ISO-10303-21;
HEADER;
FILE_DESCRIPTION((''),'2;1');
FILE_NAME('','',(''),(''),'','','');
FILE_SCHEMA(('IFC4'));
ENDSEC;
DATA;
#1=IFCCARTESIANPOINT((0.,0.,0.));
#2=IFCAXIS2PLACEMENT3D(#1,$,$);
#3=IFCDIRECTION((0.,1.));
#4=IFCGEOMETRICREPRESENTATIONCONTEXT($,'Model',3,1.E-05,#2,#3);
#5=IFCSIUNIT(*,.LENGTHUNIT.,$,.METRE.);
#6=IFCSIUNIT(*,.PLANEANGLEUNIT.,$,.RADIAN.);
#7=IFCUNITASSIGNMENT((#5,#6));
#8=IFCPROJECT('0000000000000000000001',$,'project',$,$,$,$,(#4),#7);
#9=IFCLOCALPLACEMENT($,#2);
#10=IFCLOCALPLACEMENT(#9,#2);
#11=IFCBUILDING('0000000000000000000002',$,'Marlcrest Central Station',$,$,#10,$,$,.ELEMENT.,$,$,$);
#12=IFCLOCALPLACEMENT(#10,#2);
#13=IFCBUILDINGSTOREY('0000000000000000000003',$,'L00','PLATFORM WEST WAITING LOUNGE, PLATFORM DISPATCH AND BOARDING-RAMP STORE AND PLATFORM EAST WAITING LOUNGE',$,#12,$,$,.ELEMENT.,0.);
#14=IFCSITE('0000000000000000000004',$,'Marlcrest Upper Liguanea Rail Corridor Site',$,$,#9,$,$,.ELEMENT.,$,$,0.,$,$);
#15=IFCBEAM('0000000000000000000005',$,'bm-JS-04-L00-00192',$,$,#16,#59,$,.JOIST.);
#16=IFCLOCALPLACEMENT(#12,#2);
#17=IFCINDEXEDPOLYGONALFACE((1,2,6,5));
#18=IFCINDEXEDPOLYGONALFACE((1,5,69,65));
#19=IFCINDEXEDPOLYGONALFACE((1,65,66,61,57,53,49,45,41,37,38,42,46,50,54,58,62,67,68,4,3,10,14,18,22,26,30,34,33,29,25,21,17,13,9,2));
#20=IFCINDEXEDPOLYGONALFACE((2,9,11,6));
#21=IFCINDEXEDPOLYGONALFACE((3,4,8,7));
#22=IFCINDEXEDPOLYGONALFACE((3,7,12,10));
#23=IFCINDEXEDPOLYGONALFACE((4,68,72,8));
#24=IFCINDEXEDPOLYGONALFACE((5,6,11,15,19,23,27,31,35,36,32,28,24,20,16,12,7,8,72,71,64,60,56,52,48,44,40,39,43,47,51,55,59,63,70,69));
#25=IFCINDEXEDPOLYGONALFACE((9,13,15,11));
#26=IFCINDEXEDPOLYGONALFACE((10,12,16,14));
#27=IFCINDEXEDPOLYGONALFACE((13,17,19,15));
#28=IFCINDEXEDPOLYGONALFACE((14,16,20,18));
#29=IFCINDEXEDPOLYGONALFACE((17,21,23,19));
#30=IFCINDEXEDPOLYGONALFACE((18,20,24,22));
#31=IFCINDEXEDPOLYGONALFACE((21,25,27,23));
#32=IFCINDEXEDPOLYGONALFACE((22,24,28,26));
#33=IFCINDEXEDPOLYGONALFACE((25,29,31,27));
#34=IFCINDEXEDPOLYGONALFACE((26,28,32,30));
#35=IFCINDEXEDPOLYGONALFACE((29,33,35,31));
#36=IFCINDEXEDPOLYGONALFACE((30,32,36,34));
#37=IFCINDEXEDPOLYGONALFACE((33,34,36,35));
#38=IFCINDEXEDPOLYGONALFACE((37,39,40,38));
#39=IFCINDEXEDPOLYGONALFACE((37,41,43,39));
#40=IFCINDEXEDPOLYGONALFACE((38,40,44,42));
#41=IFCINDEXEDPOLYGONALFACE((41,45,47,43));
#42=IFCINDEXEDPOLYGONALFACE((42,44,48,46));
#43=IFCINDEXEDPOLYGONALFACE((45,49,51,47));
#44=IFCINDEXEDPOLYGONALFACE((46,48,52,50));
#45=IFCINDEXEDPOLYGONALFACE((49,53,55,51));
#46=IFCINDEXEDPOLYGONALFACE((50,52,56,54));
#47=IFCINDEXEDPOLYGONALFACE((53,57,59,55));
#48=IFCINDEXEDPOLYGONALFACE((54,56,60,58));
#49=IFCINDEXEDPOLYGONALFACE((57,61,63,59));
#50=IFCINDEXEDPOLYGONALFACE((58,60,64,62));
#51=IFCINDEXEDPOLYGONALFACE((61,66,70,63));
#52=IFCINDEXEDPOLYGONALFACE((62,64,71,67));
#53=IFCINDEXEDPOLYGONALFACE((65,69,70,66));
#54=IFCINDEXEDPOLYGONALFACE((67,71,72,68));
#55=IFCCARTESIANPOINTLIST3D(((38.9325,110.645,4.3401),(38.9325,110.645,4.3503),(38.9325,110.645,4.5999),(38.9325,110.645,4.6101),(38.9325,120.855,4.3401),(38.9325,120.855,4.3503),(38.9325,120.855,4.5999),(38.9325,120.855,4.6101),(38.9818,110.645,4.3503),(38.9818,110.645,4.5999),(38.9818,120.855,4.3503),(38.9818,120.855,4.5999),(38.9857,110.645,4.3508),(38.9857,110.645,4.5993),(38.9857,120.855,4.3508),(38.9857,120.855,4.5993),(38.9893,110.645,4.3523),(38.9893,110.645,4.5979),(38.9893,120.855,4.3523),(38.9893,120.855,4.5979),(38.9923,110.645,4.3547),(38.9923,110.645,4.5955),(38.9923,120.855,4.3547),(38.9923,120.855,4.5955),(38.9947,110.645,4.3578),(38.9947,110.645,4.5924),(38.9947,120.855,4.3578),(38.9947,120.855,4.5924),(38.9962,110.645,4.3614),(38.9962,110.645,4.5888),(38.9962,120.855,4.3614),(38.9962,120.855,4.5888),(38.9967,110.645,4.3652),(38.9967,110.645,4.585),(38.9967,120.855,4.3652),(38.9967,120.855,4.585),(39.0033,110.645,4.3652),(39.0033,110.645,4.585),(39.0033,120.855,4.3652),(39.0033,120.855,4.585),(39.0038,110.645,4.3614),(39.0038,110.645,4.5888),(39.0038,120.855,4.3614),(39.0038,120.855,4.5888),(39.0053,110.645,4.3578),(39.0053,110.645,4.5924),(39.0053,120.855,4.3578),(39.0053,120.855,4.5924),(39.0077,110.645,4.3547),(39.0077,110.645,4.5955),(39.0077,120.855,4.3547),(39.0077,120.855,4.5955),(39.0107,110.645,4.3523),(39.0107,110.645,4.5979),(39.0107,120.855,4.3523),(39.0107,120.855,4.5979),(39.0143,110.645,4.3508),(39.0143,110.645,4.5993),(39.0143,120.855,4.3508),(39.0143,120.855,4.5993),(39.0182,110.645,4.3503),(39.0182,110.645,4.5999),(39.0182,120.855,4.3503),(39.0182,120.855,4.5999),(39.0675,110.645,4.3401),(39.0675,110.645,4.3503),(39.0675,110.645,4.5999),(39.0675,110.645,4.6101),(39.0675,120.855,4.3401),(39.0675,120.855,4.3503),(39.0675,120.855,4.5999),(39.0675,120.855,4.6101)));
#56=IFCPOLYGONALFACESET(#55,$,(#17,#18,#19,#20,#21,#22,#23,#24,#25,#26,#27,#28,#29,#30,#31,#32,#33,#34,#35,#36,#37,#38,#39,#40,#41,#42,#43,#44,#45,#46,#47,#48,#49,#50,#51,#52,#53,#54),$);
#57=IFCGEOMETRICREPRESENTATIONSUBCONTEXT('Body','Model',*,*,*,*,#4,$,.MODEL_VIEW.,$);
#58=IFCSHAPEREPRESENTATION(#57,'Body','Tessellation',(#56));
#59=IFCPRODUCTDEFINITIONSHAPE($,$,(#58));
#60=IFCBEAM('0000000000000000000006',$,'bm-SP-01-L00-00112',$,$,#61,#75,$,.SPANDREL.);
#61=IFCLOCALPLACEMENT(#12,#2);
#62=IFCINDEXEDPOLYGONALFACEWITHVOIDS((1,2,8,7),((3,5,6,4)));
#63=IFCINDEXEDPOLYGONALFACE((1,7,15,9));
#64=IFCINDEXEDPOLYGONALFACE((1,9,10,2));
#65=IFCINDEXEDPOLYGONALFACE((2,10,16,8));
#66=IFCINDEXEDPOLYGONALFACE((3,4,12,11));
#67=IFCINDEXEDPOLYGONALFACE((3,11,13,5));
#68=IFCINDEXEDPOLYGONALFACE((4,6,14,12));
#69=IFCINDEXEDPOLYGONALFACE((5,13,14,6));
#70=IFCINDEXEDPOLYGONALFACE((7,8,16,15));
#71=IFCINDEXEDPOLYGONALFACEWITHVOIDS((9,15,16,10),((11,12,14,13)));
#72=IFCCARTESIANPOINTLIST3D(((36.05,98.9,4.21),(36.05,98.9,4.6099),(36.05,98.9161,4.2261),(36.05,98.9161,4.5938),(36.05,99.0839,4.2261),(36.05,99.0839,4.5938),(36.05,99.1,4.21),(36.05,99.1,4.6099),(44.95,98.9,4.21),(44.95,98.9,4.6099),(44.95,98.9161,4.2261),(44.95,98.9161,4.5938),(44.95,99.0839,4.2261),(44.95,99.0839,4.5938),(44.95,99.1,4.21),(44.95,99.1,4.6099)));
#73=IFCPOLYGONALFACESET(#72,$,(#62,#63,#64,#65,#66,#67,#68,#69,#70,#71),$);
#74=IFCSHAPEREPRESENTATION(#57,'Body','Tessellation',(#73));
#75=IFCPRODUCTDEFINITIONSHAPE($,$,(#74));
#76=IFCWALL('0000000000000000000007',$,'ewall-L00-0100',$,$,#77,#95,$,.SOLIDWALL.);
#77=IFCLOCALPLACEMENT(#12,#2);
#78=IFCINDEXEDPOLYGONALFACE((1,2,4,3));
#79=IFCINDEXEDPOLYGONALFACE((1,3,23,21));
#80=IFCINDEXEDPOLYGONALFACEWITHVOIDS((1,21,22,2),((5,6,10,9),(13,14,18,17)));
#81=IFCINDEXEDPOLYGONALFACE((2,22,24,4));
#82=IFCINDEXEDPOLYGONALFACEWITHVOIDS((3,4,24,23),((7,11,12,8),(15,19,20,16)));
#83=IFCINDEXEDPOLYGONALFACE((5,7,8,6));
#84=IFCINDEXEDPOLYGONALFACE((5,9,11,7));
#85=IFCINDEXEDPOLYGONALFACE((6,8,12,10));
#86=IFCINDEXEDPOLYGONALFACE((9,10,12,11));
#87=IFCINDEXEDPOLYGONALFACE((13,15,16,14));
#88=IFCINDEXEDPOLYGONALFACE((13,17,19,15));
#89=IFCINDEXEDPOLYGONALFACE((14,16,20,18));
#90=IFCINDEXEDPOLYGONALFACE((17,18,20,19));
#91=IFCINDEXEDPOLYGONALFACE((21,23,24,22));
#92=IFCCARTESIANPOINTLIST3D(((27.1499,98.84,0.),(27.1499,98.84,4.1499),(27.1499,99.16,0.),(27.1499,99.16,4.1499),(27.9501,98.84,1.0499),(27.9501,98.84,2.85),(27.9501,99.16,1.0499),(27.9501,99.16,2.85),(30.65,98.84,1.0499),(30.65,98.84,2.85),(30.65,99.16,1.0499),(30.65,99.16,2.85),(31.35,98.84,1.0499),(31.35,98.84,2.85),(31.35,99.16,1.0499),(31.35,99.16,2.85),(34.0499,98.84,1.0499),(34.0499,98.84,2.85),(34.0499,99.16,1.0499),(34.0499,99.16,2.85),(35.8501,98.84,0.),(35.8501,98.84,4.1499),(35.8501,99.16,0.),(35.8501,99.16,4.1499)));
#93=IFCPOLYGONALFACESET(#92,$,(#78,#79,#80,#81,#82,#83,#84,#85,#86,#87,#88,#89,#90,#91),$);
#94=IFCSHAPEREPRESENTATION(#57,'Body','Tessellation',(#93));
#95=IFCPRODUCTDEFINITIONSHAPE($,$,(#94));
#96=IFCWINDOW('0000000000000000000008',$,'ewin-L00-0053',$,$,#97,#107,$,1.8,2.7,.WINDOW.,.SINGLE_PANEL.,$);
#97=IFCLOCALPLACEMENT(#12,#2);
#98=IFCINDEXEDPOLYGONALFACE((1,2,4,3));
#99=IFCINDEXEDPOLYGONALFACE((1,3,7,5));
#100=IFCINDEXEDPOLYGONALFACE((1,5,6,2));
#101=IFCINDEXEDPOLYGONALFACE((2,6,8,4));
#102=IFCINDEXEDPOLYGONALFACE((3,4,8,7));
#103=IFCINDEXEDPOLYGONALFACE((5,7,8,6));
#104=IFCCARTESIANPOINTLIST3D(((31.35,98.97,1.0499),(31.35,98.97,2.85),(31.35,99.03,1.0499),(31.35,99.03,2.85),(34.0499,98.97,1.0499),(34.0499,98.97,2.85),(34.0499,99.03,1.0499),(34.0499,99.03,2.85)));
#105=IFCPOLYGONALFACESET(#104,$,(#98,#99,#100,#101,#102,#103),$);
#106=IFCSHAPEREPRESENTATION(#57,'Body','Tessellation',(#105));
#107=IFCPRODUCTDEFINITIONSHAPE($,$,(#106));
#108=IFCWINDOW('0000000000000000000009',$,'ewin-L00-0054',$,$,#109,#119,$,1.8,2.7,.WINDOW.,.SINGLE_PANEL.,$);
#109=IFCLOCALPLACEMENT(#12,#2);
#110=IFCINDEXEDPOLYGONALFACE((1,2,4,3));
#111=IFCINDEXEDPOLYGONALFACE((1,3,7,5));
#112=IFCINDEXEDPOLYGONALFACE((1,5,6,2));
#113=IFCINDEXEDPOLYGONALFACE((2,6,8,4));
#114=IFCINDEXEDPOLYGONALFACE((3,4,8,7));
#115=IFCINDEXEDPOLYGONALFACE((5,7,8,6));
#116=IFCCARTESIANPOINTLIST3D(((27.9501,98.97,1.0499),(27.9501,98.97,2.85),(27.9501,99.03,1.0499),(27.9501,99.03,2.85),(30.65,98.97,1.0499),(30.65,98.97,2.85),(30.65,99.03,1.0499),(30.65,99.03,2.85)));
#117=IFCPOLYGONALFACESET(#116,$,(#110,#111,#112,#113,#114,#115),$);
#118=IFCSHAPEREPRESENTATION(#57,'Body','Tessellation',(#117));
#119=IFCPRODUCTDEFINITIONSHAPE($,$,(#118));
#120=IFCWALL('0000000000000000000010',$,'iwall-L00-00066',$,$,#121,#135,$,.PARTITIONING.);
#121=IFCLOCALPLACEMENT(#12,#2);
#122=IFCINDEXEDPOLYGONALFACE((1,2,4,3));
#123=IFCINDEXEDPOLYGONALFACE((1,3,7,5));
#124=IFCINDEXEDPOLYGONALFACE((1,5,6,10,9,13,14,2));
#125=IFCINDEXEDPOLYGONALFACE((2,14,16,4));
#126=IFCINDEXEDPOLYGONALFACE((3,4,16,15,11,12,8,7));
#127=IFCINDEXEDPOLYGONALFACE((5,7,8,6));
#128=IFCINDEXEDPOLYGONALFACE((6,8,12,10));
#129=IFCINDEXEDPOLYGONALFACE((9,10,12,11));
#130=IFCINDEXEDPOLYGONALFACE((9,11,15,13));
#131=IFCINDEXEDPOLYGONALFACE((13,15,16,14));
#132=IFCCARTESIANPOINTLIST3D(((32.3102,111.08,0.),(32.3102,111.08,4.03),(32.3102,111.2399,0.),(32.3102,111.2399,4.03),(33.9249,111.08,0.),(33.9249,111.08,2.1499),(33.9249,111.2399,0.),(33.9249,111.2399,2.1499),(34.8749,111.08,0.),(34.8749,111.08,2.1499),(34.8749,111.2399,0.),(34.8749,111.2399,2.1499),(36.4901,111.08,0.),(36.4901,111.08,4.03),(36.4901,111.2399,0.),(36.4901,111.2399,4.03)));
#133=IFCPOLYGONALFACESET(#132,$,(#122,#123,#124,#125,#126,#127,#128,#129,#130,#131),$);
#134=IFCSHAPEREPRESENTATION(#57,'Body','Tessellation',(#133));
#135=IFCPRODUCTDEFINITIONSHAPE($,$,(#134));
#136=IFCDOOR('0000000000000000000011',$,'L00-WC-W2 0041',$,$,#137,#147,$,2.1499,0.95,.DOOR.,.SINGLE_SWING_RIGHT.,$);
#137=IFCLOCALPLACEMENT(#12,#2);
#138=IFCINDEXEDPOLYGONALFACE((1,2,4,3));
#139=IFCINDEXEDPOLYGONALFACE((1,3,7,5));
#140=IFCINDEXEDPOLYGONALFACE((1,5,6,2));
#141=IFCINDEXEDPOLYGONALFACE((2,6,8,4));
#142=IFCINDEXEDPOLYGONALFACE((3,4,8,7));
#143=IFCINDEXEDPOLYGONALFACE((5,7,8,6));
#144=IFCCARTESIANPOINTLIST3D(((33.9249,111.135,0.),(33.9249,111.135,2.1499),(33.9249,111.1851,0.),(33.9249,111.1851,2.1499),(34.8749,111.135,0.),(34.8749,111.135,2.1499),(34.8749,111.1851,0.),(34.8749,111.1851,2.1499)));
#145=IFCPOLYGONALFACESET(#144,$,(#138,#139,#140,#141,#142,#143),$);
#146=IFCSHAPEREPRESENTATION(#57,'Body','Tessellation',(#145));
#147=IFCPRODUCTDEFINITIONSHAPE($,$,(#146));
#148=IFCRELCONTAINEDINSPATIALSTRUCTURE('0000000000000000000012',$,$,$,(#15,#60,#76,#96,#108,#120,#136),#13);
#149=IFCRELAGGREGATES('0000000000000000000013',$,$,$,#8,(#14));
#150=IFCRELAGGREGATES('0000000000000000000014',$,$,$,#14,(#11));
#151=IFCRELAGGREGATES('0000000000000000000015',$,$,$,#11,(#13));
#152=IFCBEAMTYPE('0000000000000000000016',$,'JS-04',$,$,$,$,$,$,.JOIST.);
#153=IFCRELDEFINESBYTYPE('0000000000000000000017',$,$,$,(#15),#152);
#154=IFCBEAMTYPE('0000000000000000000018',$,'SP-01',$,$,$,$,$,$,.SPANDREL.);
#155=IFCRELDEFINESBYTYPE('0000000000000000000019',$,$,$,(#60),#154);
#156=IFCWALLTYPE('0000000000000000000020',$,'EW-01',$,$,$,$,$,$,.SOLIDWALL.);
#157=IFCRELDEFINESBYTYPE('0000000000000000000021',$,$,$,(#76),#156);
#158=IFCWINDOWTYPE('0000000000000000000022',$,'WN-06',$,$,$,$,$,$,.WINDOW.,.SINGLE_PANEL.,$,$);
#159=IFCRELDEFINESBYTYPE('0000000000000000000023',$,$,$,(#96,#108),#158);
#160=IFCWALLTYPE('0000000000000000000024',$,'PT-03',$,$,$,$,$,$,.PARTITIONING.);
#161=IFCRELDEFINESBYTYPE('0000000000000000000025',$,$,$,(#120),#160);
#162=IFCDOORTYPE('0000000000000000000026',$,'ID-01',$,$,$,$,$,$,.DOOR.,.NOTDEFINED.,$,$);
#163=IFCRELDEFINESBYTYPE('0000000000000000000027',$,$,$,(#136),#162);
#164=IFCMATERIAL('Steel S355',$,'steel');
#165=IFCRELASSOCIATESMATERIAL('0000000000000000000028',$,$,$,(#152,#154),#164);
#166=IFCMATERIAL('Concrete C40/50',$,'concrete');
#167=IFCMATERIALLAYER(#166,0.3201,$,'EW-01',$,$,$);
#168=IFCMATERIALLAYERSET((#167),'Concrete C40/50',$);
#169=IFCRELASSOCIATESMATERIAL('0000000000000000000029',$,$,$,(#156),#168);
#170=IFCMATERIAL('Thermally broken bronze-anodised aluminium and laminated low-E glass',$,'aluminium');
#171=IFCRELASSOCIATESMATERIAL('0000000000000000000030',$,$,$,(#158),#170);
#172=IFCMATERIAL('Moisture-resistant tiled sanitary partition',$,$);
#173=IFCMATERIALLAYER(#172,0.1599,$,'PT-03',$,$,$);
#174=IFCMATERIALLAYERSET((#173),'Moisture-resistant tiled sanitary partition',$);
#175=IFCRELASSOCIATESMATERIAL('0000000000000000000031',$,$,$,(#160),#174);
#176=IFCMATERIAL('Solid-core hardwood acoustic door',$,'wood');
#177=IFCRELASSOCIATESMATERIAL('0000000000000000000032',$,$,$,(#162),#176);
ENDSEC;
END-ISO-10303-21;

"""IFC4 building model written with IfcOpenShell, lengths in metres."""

from ifc_helpers import new_model, si_unit, direction, frame, frame_2d, origin, origin_2d, place, context, subcontext, project, spatial, rectangle, hollow_rectangle, i_section, extrude, material, layer, layer_set, material_profile, profile_set, type_object, element, fill, save


model = new_model("IFC4")

# Units and contexts
model_context = context("Model", 3, precision=1e-05, world=origin(), true_north=direction((0.0, 1.0)))
body_context = subcontext(model_context, "Body", "Model", "MODEL_VIEW")
ifc_project = project(units=[si_unit("LENGTHUNIT", "METRE"), si_unit("PLANEANGLEUNIT", "RADIAN")], contexts=[model_context])

# Site, building, storey
site_placement = place(None, origin())
site = spatial("IfcSite", under=ifc_project, at=site_placement, Name="Marlcrest Upper Liguanea Rail Corridor Site", CompositionType="ELEMENT", RefElevation=0.0)
building_placement = place(site_placement, origin())
building = spatial("IfcBuilding", under=site, at=building_placement, Name="Marlcrest Central Station", CompositionType="ELEMENT")
storey_placement = place(building_placement, origin())
storey = spatial("IfcBuildingStorey", under=building, at=storey_placement, Name="L00", Description="PLATFORM WEST WAITING LOUNGE, PLATFORM DISPATCH AND BOARDING-RAMP STORE AND PLATFORM EAST WAITING LOUNGE", CompositionType="ELEMENT", Elevation=0.0)

# Shared definitions
ifc_material_1 = material(Name="Steel S355", Category="steel")

# Beams
ifc_material_profile_1 = material_profile(ifc_material_1, i_section(OverallWidth=0.135, OverallDepth=0.27, WebThickness=0.0066, FlangeThickness=0.0103, FilletRadius=0.0149, at=origin_2d()), Name="IPE 270")
ifc_profile_set_1 = profile_set([ifc_material_profile_1], Name="Steel S355")
beam_type_1 = type_object("IfcBeamType", Name="JS-04", PredefinedType="JOIST", material=ifc_profile_set_1)
beam_1_placement = place(storey_placement, frame((39.0, 110.645, 4.4751), z_axis=(0.0, 1.0, 0.0), x_axis=(-1.0, 0.0, 0.0)))
element("IfcBeam", 1, at=beam_1_placement, inside=storey, type_object=beam_type_1, Name="bm-JS-04-L00-00192", PredefinedType="JOIST", context=body_context, shape_type="SweptSolid", body=[
    extrude(i_section(OverallWidth=0.135, OverallDepth=0.27, WebThickness=0.0066, FlangeThickness=0.0103, FilletRadius=0.0149, at=origin_2d()), origin(), (0.0, 0.0, 1.0), 10.21),
])
ifc_material_profile_2 = material_profile(ifc_material_1, hollow_rectangle(XDim=0.2, YDim=0.3999, WallThickness=0.0161, at=origin_2d()), Name="RHS 400x200x16")
ifc_profile_set_2 = profile_set([ifc_material_profile_2], Name="Steel S355")
beam_type_2 = type_object("IfcBeamType", Name="SP-01", PredefinedType="SPANDREL", material=ifc_profile_set_2)
beam_2_placement = place(storey_placement, frame((36.05, 99.0, 4.4099), z_axis=(1.0, 0.0, 0.0), x_axis=(0.0, 1.0, 0.0)))
element("IfcBeam", 2, at=beam_2_placement, inside=storey, type_object=beam_type_2, Name="bm-SP-01-L00-00112", PredefinedType="SPANDREL", context=body_context, shape_type="SweptSolid", body=[
    extrude(hollow_rectangle(XDim=0.2, YDim=0.3999, WallThickness=0.0161, at=origin_2d()), origin(), (0.0, 0.0, 1.0), 8.8999),
])

# Wall, openings, windows
ifc_material_2 = material(Name="Concrete C40/50", Category="concrete")
ifc_layer_1 = layer(ifc_material_2, 0.3201, Name="EW-01")
ifc_layer_set_1 = layer_set([ifc_layer_1], Name="Concrete C40/50")
wall_type_1 = type_object("IfcWallType", Name="EW-01", PredefinedType="SOLIDWALL", material=ifc_layer_set_1)
wall_1_placement = place(storey_placement, frame((35.8501, 99.0, 0.0), z_axis=(0.0, 0.0, 1.0), x_axis=(-1.0, 0.0, 0.0)))
wall_1 = element("IfcWall", 3, at=wall_1_placement, inside=storey, type_object=wall_type_1, Name="ewall-L00-0100", PredefinedType="SOLIDWALL", context=body_context, shape_type="SweptSolid", body=[
    extrude(rectangle(XDim=8.7002, YDim=0.3201, at=frame_2d((4.3501, 0.0))), origin(), (0.0, 0.0, 1.0), 4.1499),
])
opening_1_placement = place(wall_1_placement, frame((1.8, 0.0, 1.05)))
opening_1 = element("IfcOpeningElement", 4, at=opening_1_placement, cuts=wall_1, PredefinedType="OPENING", context=body_context, shape_type="SweptSolid", body=[
    extrude(rectangle(XDim=2.7, YDim=1.8, at=frame_2d((1.3501, 0.8999))), frame((0.0, 0.1699, 0.0), z_axis=(0.0, -1.0, 0.0), x_axis=(1.0, 0.0, 0.0)), (0.0, 0.0, 1.0), 0.3401),
])
opening_2_placement = place(wall_1_placement, frame((5.2, 0.0, 1.05)))
opening_2 = element("IfcOpeningElement", 5, at=opening_2_placement, cuts=wall_1, PredefinedType="OPENING", context=body_context, shape_type="SweptSolid", body=[
    extrude(rectangle(XDim=2.7, YDim=1.8, at=frame_2d((1.3501, 0.8999))), frame((0.0, 0.1699, 0.0), z_axis=(0.0, -1.0, 0.0), x_axis=(1.0, 0.0, 0.0)), (0.0, 0.0, 1.0), 0.3401),
])
ifc_material_3 = material(Name="Thermally broken bronze-anodised aluminium and laminated low-E glass", Category="aluminium")
window_type = type_object("IfcWindowType", Name="WN-06", PartitioningType="SINGLE_PANEL", PredefinedType="WINDOW", material=ifc_material_3)
window_1_placement = place(opening_1_placement, origin())
window_1 = element("IfcWindow", 6, at=window_1_placement, inside=storey, type_object=window_type, Name="ewin-L00-0053", OverallHeight=1.8, OverallWidth=2.7, PartitioningType="SINGLE_PANEL", PredefinedType="WINDOW", context=body_context, shape_type="SweptSolid", body=[
    extrude(rectangle(XDim=2.7, YDim=1.8, at=frame_2d((1.3501, 0.8999))), frame((0.0, 0.03, 0.0), z_axis=(0.0, -1.0, 0.0), x_axis=(1.0, 0.0, 0.0)), (0.0, 0.0, 1.0), 0.0601),
])
fill(opening_1, window_1)
window_2_placement = place(opening_2_placement, origin())
window_2 = element("IfcWindow", 7, at=window_2_placement, inside=storey, type_object=window_type, Name="ewin-L00-0054", OverallHeight=1.8, OverallWidth=2.7, PartitioningType="SINGLE_PANEL", PredefinedType="WINDOW", context=body_context, shape_type="SweptSolid", body=[
    extrude(rectangle(XDim=2.7, YDim=1.8, at=frame_2d((1.3501, 0.8999))), frame((0.0, 0.03, 0.0), z_axis=(0.0, -1.0, 0.0), x_axis=(1.0, 0.0, 0.0)), (0.0, 0.0, 1.0), 0.0601),
])
fill(opening_2, window_2)

# Wall, opening, door
ifc_material_4 = material(Name="Moisture-resistant tiled sanitary partition")
ifc_layer_2 = layer(ifc_material_4, 0.1599, Name="PT-03")
ifc_layer_set_2 = layer_set([ifc_layer_2], Name="Moisture-resistant tiled sanitary partition")
wall_type_2 = type_object("IfcWallType", Name="PT-03", PredefinedType="PARTITIONING", material=ifc_layer_set_2)
wall_2_placement = place(storey_placement, frame((36.49, 111.1599, 0.0), z_axis=(0.0, 0.0, 1.0), x_axis=(-1.0, 0.0, 0.0)))
wall_2 = element("IfcWall", 8, at=wall_2_placement, inside=storey, type_object=wall_type_2, Name="iwall-L00-00066", PredefinedType="PARTITIONING", context=body_context, shape_type="SweptSolid", body=[
    extrude(rectangle(XDim=4.1799, YDim=0.1599, at=frame_2d((2.0898, 0.0))), origin(), (0.0, 0.0, 1.0), 4.03),
])
opening_3_placement = place(wall_2_placement, frame((1.615, 0.0, 0.0)))
opening_3 = element("IfcOpeningElement", 9, at=opening_3_placement, cuts=wall_2, PredefinedType="OPENING", context=body_context, shape_type="SweptSolid", body=[
    extrude(rectangle(XDim=0.95, YDim=2.1499, at=frame_2d((0.4751, 1.075))), frame((0.0, 0.0898, 0.0), z_axis=(0.0, -1.0, 0.0), x_axis=(1.0, 0.0, 0.0)), (0.0, 0.0, 1.0), 0.1799),
])
ifc_material_5 = material(Name="Solid-core hardwood acoustic door", Category="wood")
door_type_1 = type_object("IfcDoorType", Name="ID-01", OperationType="NOTDEFINED", PredefinedType="DOOR", material=ifc_material_5)
door_1_placement = place(opening_3_placement, origin())
door_1 = element("IfcDoor", 10, at=door_1_placement, inside=storey, type_object=door_type_1, Name="L00-WC-W2 0041", OperationType="SINGLE_SWING_RIGHT", OverallHeight=2.1499, OverallWidth=0.95, PredefinedType="DOOR", context=body_context, shape_type="SweptSolid", body=[
    extrude(rectangle(XDim=0.95, YDim=2.1499, at=frame_2d((0.4751, 1.075))), frame((0.0, 0.0249, 0.0), z_axis=(0.0, -1.0, 0.0), x_axis=(1.0, 0.0, 0.0)), (0.0, 0.0, 1.0), 0.05),
])
fill(opening_3, door_1)

save(model, "model.ifc")
